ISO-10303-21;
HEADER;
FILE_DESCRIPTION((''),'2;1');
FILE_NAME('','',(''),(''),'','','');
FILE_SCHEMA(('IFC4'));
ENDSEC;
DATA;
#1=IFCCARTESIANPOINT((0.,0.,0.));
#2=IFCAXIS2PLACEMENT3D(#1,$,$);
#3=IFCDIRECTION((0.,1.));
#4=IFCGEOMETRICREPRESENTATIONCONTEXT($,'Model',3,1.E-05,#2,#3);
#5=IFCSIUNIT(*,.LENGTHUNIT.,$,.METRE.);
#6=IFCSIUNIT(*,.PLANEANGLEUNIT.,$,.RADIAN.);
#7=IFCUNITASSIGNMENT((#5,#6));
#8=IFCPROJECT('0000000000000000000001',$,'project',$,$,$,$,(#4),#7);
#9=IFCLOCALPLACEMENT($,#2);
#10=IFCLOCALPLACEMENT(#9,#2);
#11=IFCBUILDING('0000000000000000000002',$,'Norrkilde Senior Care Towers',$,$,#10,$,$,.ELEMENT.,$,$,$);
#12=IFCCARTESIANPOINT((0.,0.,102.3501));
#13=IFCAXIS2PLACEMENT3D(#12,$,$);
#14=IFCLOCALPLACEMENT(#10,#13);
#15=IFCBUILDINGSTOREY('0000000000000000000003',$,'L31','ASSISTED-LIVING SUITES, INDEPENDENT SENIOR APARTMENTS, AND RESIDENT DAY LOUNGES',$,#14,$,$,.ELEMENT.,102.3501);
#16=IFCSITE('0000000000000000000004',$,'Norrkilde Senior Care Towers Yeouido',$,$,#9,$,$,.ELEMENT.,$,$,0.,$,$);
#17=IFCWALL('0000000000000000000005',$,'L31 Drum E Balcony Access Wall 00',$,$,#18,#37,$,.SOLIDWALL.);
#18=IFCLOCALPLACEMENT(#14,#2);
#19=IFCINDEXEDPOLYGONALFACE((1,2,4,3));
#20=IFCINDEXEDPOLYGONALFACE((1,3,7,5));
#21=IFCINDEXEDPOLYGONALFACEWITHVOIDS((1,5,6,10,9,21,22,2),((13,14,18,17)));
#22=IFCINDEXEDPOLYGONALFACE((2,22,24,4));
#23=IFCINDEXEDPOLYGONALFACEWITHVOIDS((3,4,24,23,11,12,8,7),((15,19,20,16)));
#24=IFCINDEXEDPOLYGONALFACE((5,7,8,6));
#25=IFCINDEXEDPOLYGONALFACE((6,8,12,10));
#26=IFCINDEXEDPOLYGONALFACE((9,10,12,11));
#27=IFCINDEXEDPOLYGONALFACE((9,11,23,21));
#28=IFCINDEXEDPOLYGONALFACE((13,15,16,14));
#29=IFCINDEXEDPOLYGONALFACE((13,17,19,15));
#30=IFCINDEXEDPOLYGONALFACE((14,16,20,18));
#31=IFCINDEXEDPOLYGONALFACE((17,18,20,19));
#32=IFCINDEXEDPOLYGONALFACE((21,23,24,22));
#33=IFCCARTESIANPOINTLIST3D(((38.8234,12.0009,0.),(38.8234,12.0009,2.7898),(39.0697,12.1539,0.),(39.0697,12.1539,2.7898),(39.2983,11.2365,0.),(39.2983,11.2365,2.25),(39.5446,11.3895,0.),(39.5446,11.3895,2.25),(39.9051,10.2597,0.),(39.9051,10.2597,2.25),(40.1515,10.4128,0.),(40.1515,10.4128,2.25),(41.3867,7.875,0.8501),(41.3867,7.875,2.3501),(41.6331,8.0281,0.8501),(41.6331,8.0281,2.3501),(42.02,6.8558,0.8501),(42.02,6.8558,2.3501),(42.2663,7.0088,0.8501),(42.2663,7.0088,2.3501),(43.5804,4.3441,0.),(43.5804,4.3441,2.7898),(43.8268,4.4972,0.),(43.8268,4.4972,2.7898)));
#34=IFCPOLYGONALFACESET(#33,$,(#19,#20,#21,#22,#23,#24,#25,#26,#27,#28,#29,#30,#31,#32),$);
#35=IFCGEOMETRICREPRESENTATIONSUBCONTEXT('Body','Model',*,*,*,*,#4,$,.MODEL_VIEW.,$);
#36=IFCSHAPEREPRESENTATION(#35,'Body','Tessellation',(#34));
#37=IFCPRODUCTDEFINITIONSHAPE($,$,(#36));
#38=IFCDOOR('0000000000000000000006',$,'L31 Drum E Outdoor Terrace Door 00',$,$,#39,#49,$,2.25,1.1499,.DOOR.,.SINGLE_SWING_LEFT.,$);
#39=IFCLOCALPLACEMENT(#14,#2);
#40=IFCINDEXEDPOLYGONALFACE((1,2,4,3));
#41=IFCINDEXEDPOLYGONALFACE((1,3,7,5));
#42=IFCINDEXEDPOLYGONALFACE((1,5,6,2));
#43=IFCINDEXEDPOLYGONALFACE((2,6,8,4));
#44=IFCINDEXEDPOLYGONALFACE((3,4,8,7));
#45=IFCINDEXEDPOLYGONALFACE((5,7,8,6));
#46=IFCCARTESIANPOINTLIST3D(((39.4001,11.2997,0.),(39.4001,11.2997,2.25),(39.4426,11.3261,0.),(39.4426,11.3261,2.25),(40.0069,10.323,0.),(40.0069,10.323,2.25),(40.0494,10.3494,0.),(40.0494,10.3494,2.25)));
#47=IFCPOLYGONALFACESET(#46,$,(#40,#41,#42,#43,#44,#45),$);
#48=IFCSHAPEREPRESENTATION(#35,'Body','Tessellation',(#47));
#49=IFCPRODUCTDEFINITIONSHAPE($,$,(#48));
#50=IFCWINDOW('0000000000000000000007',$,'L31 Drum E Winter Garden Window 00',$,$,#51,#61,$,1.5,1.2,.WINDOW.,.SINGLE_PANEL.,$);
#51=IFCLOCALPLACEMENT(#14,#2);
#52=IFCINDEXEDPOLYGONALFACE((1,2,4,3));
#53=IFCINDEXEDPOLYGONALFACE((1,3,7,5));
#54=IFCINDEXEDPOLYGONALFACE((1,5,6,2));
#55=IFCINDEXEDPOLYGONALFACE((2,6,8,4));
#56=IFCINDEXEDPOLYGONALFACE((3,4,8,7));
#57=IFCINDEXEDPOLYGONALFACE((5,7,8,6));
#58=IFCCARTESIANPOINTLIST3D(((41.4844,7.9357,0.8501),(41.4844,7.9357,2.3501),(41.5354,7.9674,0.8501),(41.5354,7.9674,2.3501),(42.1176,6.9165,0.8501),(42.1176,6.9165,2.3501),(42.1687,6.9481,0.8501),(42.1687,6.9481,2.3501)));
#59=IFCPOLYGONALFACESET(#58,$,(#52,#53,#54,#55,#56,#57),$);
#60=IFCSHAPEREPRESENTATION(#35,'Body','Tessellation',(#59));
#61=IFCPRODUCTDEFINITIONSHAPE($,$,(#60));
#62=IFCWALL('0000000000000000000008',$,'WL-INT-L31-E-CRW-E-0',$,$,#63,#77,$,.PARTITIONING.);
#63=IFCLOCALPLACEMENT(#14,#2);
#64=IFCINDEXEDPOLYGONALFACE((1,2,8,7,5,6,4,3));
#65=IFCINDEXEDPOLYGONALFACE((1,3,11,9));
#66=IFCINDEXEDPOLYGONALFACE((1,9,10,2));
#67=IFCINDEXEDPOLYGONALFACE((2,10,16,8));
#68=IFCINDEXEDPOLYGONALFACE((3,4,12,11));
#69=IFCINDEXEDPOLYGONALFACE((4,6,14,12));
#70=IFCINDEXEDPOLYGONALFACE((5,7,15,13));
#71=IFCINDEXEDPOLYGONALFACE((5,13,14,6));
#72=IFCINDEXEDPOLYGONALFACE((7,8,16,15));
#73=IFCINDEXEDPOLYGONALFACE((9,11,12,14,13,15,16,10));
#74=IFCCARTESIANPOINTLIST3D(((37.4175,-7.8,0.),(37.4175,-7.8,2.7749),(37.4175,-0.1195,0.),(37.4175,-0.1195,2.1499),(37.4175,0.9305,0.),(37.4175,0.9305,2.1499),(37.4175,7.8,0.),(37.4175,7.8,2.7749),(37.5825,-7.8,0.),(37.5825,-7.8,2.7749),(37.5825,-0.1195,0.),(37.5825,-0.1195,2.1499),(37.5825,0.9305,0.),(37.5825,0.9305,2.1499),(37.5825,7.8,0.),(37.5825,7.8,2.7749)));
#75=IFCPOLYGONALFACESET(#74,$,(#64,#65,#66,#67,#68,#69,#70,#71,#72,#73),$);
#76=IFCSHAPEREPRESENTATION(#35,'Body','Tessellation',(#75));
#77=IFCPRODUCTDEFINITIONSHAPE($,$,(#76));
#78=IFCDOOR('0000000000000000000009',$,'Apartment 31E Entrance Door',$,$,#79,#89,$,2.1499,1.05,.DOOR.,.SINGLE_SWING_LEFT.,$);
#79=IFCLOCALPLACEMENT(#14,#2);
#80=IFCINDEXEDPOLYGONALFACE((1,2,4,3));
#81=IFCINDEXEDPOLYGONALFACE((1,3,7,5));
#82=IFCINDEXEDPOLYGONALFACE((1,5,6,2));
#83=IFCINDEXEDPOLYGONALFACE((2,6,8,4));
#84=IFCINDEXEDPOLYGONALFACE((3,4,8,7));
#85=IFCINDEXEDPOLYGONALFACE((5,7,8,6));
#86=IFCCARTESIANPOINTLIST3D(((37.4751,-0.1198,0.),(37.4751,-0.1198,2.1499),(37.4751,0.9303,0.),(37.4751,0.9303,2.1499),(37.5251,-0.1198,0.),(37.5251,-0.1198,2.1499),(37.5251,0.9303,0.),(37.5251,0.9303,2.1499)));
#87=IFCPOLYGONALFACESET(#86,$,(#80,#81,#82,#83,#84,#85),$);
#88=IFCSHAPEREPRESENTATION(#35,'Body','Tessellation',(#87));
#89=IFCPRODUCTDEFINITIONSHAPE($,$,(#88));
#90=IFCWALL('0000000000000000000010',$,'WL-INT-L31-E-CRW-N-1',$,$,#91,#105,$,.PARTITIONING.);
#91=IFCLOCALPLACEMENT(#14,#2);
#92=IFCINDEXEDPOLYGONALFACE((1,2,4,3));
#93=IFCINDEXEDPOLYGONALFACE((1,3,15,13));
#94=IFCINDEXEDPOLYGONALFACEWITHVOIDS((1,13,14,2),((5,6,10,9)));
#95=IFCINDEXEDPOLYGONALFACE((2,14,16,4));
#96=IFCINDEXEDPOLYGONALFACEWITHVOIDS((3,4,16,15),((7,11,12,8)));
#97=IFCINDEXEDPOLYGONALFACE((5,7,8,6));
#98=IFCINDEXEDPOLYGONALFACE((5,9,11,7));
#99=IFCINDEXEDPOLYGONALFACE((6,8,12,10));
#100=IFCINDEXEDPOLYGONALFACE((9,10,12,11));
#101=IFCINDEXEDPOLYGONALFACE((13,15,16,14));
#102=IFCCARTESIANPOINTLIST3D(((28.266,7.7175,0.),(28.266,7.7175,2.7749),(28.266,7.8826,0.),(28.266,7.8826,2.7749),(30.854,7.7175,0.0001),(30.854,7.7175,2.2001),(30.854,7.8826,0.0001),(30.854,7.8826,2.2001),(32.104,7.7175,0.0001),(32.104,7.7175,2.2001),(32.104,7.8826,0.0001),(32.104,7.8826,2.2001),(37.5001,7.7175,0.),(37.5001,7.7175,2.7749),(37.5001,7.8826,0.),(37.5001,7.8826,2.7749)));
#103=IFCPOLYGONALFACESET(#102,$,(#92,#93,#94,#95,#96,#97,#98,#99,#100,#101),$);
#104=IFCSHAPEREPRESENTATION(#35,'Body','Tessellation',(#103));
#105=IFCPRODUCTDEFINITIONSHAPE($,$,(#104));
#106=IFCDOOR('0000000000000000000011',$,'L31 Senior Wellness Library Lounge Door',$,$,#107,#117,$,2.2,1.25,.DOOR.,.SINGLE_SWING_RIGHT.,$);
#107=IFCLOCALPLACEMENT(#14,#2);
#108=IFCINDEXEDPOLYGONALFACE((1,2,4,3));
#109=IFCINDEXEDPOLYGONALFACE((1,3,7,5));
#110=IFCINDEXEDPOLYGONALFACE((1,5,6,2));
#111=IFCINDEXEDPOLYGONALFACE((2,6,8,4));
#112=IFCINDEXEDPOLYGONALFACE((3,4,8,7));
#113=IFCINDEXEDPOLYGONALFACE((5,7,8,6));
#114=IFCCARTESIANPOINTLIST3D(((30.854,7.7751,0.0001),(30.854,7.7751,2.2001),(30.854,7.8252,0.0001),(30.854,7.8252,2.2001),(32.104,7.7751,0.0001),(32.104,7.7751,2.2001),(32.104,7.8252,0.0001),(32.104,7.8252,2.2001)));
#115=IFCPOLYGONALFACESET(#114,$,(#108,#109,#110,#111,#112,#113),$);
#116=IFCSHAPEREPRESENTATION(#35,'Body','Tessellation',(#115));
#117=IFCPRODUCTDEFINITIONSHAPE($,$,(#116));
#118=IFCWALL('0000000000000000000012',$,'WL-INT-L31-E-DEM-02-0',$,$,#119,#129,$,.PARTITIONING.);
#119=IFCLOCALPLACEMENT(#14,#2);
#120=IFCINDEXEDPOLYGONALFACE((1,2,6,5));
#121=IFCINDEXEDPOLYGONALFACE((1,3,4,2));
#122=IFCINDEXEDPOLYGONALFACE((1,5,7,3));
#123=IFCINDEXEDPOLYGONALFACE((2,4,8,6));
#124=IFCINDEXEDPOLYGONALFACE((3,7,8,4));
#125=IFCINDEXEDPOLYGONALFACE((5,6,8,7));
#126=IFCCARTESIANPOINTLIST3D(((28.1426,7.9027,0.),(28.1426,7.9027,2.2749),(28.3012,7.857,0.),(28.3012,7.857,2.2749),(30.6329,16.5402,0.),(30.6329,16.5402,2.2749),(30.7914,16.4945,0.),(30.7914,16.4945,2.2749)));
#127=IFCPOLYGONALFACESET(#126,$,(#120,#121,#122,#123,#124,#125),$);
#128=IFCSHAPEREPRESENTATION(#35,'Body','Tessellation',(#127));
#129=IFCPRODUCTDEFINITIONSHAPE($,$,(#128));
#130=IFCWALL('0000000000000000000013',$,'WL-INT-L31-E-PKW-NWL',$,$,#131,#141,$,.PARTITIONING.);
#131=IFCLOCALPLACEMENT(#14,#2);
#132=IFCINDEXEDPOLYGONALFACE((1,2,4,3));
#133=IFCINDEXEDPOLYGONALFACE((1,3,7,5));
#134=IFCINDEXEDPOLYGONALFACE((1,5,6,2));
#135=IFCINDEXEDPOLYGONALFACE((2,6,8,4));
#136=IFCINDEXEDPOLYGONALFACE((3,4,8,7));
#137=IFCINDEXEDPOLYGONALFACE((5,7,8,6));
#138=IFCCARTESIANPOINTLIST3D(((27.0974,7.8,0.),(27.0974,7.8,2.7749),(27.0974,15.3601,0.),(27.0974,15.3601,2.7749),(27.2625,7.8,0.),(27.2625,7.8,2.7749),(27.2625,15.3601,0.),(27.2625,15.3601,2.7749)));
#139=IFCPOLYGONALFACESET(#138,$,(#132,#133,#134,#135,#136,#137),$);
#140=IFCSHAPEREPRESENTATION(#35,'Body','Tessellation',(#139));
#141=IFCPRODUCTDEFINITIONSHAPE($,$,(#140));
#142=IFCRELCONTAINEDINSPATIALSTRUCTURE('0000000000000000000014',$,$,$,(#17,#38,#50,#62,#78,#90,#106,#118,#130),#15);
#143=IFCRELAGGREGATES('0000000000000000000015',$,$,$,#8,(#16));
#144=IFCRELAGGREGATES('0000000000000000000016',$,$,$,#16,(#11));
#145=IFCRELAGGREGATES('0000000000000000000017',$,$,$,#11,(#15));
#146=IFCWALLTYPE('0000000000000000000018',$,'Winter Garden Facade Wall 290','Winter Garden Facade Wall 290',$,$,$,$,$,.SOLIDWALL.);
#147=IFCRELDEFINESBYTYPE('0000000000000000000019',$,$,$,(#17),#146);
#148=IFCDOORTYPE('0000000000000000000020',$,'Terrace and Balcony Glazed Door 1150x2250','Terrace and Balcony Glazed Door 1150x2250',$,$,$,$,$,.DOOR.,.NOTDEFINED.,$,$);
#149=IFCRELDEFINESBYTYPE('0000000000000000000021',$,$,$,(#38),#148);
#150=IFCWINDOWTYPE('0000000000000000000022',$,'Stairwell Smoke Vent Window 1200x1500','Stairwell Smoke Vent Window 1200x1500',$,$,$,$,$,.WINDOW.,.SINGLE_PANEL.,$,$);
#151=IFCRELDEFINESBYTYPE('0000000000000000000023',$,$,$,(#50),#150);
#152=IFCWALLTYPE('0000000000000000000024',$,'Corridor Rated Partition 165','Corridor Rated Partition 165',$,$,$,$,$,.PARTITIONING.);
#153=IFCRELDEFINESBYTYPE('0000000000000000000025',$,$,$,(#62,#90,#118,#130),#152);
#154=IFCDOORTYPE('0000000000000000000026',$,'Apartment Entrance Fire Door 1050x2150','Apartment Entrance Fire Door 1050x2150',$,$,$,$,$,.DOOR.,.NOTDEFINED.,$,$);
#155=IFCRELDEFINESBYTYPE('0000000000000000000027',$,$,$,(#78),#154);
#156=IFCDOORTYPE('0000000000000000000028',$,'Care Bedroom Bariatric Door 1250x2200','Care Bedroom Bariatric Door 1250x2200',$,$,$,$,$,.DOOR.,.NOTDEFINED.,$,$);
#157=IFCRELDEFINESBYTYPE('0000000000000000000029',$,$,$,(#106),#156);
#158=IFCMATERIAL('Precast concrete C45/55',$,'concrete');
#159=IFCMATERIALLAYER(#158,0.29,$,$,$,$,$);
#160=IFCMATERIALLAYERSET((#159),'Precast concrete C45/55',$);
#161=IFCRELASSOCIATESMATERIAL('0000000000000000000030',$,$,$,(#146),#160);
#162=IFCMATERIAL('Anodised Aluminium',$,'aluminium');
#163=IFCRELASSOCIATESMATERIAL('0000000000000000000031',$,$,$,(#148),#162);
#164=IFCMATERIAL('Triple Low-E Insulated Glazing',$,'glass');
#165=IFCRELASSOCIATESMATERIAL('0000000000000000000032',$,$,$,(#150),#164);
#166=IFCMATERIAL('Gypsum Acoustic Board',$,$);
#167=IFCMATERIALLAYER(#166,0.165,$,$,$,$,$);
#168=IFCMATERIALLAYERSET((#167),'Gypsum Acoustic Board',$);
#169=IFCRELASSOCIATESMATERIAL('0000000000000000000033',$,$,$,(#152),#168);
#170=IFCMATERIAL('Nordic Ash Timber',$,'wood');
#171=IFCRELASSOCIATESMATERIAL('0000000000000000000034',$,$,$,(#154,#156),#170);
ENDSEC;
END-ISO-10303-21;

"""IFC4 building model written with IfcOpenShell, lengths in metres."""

from ifc_helpers import new_model, si_unit, direction, frame, frame_2d, origin, place, context, subcontext, project, spatial, rectangle, extrude, source, transform, mapped, material, layer, layer_set, type_object, type_shapes, element, fill, save


model = new_model("IFC4")

# Units and contexts
model_context = context("Model", 3, precision=1e-05, world=origin(), true_north=direction((0.0, 1.0)))
body_context = subcontext(model_context, "Body", "Model", "MODEL_VIEW")
ifc_project = project(units=[si_unit("LENGTHUNIT", "METRE"), si_unit("PLANEANGLEUNIT", "RADIAN")], contexts=[model_context])

# Site, building, storey
site_placement = place(None, origin())
site = spatial("IfcSite", under=ifc_project, at=site_placement, Name="Norrkilde Senior Care Towers Yeouido", CompositionType="ELEMENT", RefElevation=0.0)
building_placement = place(site_placement, origin())
building = spatial("IfcBuilding", under=site, at=building_placement, Name="Norrkilde Senior Care Towers", CompositionType="ELEMENT")
storey_placement = place(building_placement, frame((0.0, 0.0, 102.3501)))
storey = spatial("IfcBuildingStorey", under=building, at=storey_placement, Name="L31", Description="ASSISTED-LIVING SUITES, INDEPENDENT SENIOR APARTMENTS, AND RESIDENT DAY LOUNGES", CompositionType="ELEMENT", Elevation=102.3501)

# Shared definitions
ifc_material_1 = material(Name="Triple Low-E Insulated Glazing", Category="glass")
ifc_material_2 = material(Name="Anodised Aluminium", Category="aluminium")

# Wall, openings, door, window
ifc_material_3 = material(Name="Precast concrete C45/55", Category="concrete")
ifc_layer_1 = layer(ifc_material_3, 0.29)
ifc_layer_set_1 = layer_set([ifc_layer_1], Name="Precast concrete C45/55")
wall_type_1 = type_object("IfcWallType", Name="Winter Garden Facade Wall 290", Description="Winter Garden Facade Wall 290", PredefinedType="SOLIDWALL", material=ifc_layer_set_1)
shared_shape_1 = source(origin(), body_context, "Body", "SweptSolid", [
    extrude(rectangle(XDim=9.0142, YDim=0.29, at=frame_2d((4.5071, 0.0))), origin(), (0.0, 0.0, 1.0), 2.7898),
])
type_shapes(wall_type_1, [shared_shape_1])
wall_1_placement = place(storey_placement, frame((38.9465, 12.0774, 0.0), z_axis=(0.0, 0.0, 1.0), x_axis=(0.527733, -0.84941, 0.0)))
wall_1 = element("IfcWall", 1, at=wall_1_placement, inside=storey, type_object=wall_type_1, Name="L31 Drum E Balcony Access Wall 00", PredefinedType="SOLIDWALL", context=body_context, shape_type="MappedRepresentation", body=[
    mapped(shared_shape_1, transform((0.0, 0.0, 0.0), x_axis=(1.0, 0.0, 0.0), y_axis=(0.0, 1.0, 0.0), z_axis=(0.0, 0.0, 1.0), scale=1.0)),
])
opening_1_placement = place(wall_1_placement, frame((0.8999, 0.0, 0.0)))
opening_1 = element("IfcOpeningElement", 2, at=opening_1_placement, cuts=wall_1, PredefinedType="OPENING", context=body_context, shape_type="SweptSolid", body=[
    extrude(rectangle(XDim=1.1499, YDim=2.25, at=frame_2d((0.575, 1.125))), frame((0.0, 0.155, 0.0), z_axis=(0.0, -1.0, 0.0), x_axis=(1.0, 0.0, 0.0)), (0.0, 0.0, 1.0), 0.3101),
])
opening_2_placement = place(wall_1_placement, frame((4.8572, 0.0, 0.8501)))
opening_2 = element("IfcOpeningElement", 3, at=opening_2_placement, cuts=wall_1, PredefinedType="OPENING", context=body_context, shape_type="SweptSolid", body=[
    extrude(rectangle(XDim=1.2, YDim=1.5, at=frame_2d((0.6001, 0.75))), frame((0.0, 0.155, 0.0), z_axis=(0.0, -1.0, 0.0), x_axis=(1.0, 0.0, 0.0)), (0.0, 0.0, 1.0), 0.3101),
])
door_type_1 = type_object("IfcDoorType", Name="Terrace and Balcony Glazed Door 1150x2250", Description="Terrace and Balcony Glazed Door 1150x2250", OperationType="NOTDEFINED", PredefinedType="DOOR", material=ifc_material_2)
shared_shape_2 = source(origin(), body_context, "Body", "SweptSolid", [
    extrude(rectangle(XDim=1.1499, YDim=2.25, at=frame_2d((0.575, 1.125))), frame((0.0, 0.0249, 0.0), z_axis=(0.0, -1.0, 0.0), x_axis=(1.0, 0.0, 0.0)), (0.0, 0.0, 1.0), 0.05),
])
type_shapes(door_type_1, [shared_shape_2])
door_1_placement = place(opening_1_placement, origin())
door_1 = element("IfcDoor", 4, at=door_1_placement, inside=storey, type_object=door_type_1, Name="L31 Drum E Outdoor Terrace Door 00", OperationType="SINGLE_SWING_LEFT", OverallHeight=2.25, OverallWidth=1.1499, PredefinedType="DOOR", context=body_context, shape_type="MappedRepresentation", body=[
    mapped(shared_shape_2, transform((0.0, 0.0, 0.0), x_axis=(1.0, 0.0, 0.0), y_axis=(0.0, 1.0, 0.0), z_axis=(0.0, 0.0, 1.0), scale=1.0)),
])
fill(opening_1, door_1)
window_type = type_object("IfcWindowType", Name="Stairwell Smoke Vent Window 1200x1500", Description="Stairwell Smoke Vent Window 1200x1500", PartitioningType="SINGLE_PANEL", PredefinedType="WINDOW", material=ifc_material_1)
shared_shape_3 = source(origin(), body_context, "Body", "SweptSolid", [
    extrude(rectangle(XDim=1.2, YDim=1.5, at=frame_2d((0.6001, 0.75))), frame((0.0, 0.03, 0.0), z_axis=(0.0, -1.0, 0.0), x_axis=(1.0, 0.0, 0.0)), (0.0, 0.0, 1.0), 0.0601),
])
type_shapes(window_type, [shared_shape_3])
window_placement = place(opening_2_placement, origin())
window = element("IfcWindow", 5, at=window_placement, inside=storey, type_object=window_type, Name="L31 Drum E Winter Garden Window 00", OverallHeight=1.5, OverallWidth=1.2, PartitioningType="SINGLE_PANEL", PredefinedType="WINDOW", context=body_context, shape_type="MappedRepresentation", body=[
    mapped(shared_shape_3, transform((0.0, 0.0, 0.0), x_axis=(1.0, 0.0, 0.0), y_axis=(0.0, 1.0, 0.0), z_axis=(0.0, 0.0, 1.0), scale=1.0)),
])
fill(opening_2, window)

# Walls, openings, doors
ifc_material_4 = material(Name="Gypsum Acoustic Board")
ifc_layer_2 = layer(ifc_material_4, 0.165)
ifc_layer_set_2 = layer_set([ifc_layer_2], Name="Gypsum Acoustic Board")
wall_type_2 = type_object("IfcWallType", Name="Corridor Rated Partition 165", Description="Corridor Rated Partition 165", PredefinedType="PARTITIONING", material=ifc_layer_set_2)
shared_shape_4 = source(origin(), body_context, "Body", "SweptSolid", [
    extrude(rectangle(XDim=15.6001, YDim=0.165, at=frame_2d((7.8, 0.0))), origin(), (0.0, 0.0, 1.0), 2.7749),
])
wall_2_placement = place(storey_placement, frame((37.5, 7.8, 0.0), z_axis=(0.0, 0.0, 1.0), x_axis=(0.0, -1.0, 0.0)))
wall_2 = element("IfcWall", 6, at=wall_2_placement, inside=storey, type_object=wall_type_2, Name="WL-INT-L31-E-CRW-E-0", PredefinedType="PARTITIONING", context=body_context, shape_type="MappedRepresentation", body=[
    mapped(shared_shape_4, transform((0.0, 0.0, 0.0), x_axis=(1.0, 0.0, 0.0), y_axis=(0.0, 1.0, 0.0), z_axis=(0.0, 0.0, 1.0), scale=1.0)),
])
opening_3_placement = place(wall_2_placement, frame((6.8696, 0.0, 0.0)))
opening_3 = element("IfcOpeningElement", 7, at=opening_3_placement, cuts=wall_2, PredefinedType="OPENING", context=body_context, shape_type="SweptSolid", body=[
    extrude(rectangle(XDim=1.05, YDim=2.1499, at=frame_2d((0.5249, 1.075))), frame((0.0, 0.0925, 0.0), z_axis=(0.0, -1.0, 0.0), x_axis=(1.0, 0.0, 0.0)), (0.0, 0.0, 1.0), 0.1851),
])
ifc_material_5 = material(Name="Nordic Ash Timber", Category="wood")
door_type_2 = type_object("IfcDoorType", Name="Apartment Entrance Fire Door 1050x2150", Description="Apartment Entrance Fire Door 1050x2150", OperationType="NOTDEFINED", PredefinedType="DOOR", material=ifc_material_5)
shared_shape_5 = source(origin(), body_context, "Body", "SweptSolid", [
    extrude(rectangle(XDim=1.05, YDim=2.1499, at=frame_2d((0.5249, 1.075))), frame((0.0, 0.0249, 0.0), z_axis=(0.0, -1.0, 0.0), x_axis=(1.0, 0.0, 0.0)), (0.0, 0.0, 1.0), 0.05),
])
type_shapes(door_type_2, [shared_shape_5])
door_2_placement = place(opening_3_placement, frame((1.05, 0.0, 0.0), z_axis=(0.0, 0.0, 1.0), x_axis=(-1.0, 0.0, 0.0)))
door_2 = element("IfcDoor", 8, at=door_2_placement, inside=storey, type_object=door_type_2, Name="Apartment 31E Entrance Door", OperationType="SINGLE_SWING_LEFT", OverallHeight=2.1499, OverallWidth=1.05, PredefinedType="DOOR", context=body_context, shape_type="MappedRepresentation", body=[
    mapped(shared_shape_5, transform((0.0, 0.0, 0.0), x_axis=(1.0, 0.0, 0.0), y_axis=(0.0, 1.0, 0.0), z_axis=(0.0, 0.0, 1.0), scale=1.0)),
])
fill(opening_3, door_2)
shared_shape_6 = source(origin(), body_context, "Body", "SweptSolid", [
    extrude(rectangle(XDim=9.2341, YDim=0.165, at=frame_2d((4.6172, 0.0))), origin(), (0.0, 0.0, 1.0), 2.7749),
])
wall_3_placement = place(storey_placement, frame((28.2659, 7.8, 0.0), z_axis=(0.0, 0.0, 1.0), x_axis=(1.0, 0.0, 0.0)))
wall_3 = element("IfcWall", 9, at=wall_3_placement, inside=storey, type_object=wall_type_2, Name="WL-INT-L31-E-CRW-N-1", PredefinedType="PARTITIONING", context=body_context, shape_type="MappedRepresentation", body=[
    mapped(shared_shape_6, transform((0.0, 0.0, 0.0), x_axis=(1.0, 0.0, 0.0), y_axis=(0.0, 1.0, 0.0), z_axis=(0.0, 0.0, 1.0), scale=1.0)),
])
opening_4_placement = place(wall_3_placement, frame((2.5881, 0.0, 0.0)))
opening_4 = element("IfcOpeningElement", 10, at=opening_4_placement, cuts=wall_3, PredefinedType="OPENING", context=body_context, shape_type="SweptSolid", body=[
    extrude(rectangle(XDim=1.25, YDim=2.2, at=frame_2d((0.625, 1.1001))), frame((0.0, 0.0925, 0.0), z_axis=(0.0, -1.0, 0.0), x_axis=(1.0, 0.0, 0.0)), (0.0, 0.0, 1.0), 0.1851),
])
door_type_3 = type_object("IfcDoorType", Name="Care Bedroom Bariatric Door 1250x2200", Description="Care Bedroom Bariatric Door 1250x2200", OperationType="NOTDEFINED", PredefinedType="DOOR", material=ifc_material_5)
shared_shape_7 = source(origin(), body_context, "Body", "SweptSolid", [
    extrude(rectangle(XDim=1.25, YDim=2.2, at=frame_2d((0.625, 1.1001))), frame((0.0, 0.0249, 0.0), z_axis=(0.0, -1.0, 0.0), x_axis=(1.0, 0.0, 0.0)), (0.0, 0.0, 1.0), 0.05),
])
type_shapes(door_type_3, [shared_shape_7])
door_3_placement = place(opening_4_placement, frame((1.25, 0.0, 0.0), z_axis=(0.0, 0.0, 1.0), x_axis=(-1.0, 0.0, 0.0)))
door_3 = element("IfcDoor", 11, at=door_3_placement, inside=storey, type_object=door_type_3, Name="L31 Senior Wellness Library Lounge Door", OperationType="SINGLE_SWING_RIGHT", OverallHeight=2.2, OverallWidth=1.25, PredefinedType="DOOR", context=body_context, shape_type="MappedRepresentation", body=[
    mapped(shared_shape_7, transform((0.0, 0.0, 0.0), x_axis=(1.0, 0.0, 0.0), y_axis=(0.0, 1.0, 0.0), z_axis=(0.0, 0.0, 1.0), scale=1.0)),
])
fill(opening_4, door_3)

# Walls
shared_shape_8 = source(origin(), body_context, "Body", "SweptSolid", [
    extrude(rectangle(XDim=8.9893, YDim=0.165, at=frame_2d((4.4946, 0.0))), origin(), (0.0, 0.0, 1.0), 2.2749),
])
wall_4_placement = place(storey_placement, frame((28.2219, 7.8799, 0.0), z_axis=(0.0, 0.0, 1.0), x_axis=(0.277023, 0.960863, 0.0)))
element("IfcWall", 12, at=wall_4_placement, inside=storey, type_object=wall_type_2, Name="WL-INT-L31-E-DEM-02-0", PredefinedType="PARTITIONING", context=body_context, shape_type="MappedRepresentation", body=[
    mapped(shared_shape_8, transform((0.0, 0.0, 0.0), x_axis=(1.0, 0.0, 0.0), y_axis=(0.0, 1.0, 0.0), z_axis=(0.0, 0.0, 1.0), scale=1.0)),
])
shared_shape_9 = source(origin(), body_context, "Body", "SweptSolid", [
    extrude(rectangle(XDim=7.5601, YDim=0.165, at=frame_2d((3.78, 0.0))), origin(), (0.0, 0.0, 1.0), 2.7749),
])
type_shapes(wall_type_2, [shared_shape_4, shared_shape_6, shared_shape_8, shared_shape_9])
wall_5_placement = place(storey_placement, frame((27.1799, 7.8, 0.0), z_axis=(0.0, 0.0, 1.0), x_axis=(0.0, 1.0, 0.0)))
element("IfcWall", 13, at=wall_5_placement, inside=storey, type_object=wall_type_2, Name="WL-INT-L31-E-PKW-NWL", PredefinedType="PARTITIONING", context=body_context, shape_type="MappedRepresentation", body=[
    mapped(shared_shape_9, transform((0.0, 0.0, 0.0), x_axis=(1.0, 0.0, 0.0), y_axis=(0.0, 1.0, 0.0), z_axis=(0.0, 0.0, 1.0), scale=1.0)),
])

save(model, "model.ifc")
